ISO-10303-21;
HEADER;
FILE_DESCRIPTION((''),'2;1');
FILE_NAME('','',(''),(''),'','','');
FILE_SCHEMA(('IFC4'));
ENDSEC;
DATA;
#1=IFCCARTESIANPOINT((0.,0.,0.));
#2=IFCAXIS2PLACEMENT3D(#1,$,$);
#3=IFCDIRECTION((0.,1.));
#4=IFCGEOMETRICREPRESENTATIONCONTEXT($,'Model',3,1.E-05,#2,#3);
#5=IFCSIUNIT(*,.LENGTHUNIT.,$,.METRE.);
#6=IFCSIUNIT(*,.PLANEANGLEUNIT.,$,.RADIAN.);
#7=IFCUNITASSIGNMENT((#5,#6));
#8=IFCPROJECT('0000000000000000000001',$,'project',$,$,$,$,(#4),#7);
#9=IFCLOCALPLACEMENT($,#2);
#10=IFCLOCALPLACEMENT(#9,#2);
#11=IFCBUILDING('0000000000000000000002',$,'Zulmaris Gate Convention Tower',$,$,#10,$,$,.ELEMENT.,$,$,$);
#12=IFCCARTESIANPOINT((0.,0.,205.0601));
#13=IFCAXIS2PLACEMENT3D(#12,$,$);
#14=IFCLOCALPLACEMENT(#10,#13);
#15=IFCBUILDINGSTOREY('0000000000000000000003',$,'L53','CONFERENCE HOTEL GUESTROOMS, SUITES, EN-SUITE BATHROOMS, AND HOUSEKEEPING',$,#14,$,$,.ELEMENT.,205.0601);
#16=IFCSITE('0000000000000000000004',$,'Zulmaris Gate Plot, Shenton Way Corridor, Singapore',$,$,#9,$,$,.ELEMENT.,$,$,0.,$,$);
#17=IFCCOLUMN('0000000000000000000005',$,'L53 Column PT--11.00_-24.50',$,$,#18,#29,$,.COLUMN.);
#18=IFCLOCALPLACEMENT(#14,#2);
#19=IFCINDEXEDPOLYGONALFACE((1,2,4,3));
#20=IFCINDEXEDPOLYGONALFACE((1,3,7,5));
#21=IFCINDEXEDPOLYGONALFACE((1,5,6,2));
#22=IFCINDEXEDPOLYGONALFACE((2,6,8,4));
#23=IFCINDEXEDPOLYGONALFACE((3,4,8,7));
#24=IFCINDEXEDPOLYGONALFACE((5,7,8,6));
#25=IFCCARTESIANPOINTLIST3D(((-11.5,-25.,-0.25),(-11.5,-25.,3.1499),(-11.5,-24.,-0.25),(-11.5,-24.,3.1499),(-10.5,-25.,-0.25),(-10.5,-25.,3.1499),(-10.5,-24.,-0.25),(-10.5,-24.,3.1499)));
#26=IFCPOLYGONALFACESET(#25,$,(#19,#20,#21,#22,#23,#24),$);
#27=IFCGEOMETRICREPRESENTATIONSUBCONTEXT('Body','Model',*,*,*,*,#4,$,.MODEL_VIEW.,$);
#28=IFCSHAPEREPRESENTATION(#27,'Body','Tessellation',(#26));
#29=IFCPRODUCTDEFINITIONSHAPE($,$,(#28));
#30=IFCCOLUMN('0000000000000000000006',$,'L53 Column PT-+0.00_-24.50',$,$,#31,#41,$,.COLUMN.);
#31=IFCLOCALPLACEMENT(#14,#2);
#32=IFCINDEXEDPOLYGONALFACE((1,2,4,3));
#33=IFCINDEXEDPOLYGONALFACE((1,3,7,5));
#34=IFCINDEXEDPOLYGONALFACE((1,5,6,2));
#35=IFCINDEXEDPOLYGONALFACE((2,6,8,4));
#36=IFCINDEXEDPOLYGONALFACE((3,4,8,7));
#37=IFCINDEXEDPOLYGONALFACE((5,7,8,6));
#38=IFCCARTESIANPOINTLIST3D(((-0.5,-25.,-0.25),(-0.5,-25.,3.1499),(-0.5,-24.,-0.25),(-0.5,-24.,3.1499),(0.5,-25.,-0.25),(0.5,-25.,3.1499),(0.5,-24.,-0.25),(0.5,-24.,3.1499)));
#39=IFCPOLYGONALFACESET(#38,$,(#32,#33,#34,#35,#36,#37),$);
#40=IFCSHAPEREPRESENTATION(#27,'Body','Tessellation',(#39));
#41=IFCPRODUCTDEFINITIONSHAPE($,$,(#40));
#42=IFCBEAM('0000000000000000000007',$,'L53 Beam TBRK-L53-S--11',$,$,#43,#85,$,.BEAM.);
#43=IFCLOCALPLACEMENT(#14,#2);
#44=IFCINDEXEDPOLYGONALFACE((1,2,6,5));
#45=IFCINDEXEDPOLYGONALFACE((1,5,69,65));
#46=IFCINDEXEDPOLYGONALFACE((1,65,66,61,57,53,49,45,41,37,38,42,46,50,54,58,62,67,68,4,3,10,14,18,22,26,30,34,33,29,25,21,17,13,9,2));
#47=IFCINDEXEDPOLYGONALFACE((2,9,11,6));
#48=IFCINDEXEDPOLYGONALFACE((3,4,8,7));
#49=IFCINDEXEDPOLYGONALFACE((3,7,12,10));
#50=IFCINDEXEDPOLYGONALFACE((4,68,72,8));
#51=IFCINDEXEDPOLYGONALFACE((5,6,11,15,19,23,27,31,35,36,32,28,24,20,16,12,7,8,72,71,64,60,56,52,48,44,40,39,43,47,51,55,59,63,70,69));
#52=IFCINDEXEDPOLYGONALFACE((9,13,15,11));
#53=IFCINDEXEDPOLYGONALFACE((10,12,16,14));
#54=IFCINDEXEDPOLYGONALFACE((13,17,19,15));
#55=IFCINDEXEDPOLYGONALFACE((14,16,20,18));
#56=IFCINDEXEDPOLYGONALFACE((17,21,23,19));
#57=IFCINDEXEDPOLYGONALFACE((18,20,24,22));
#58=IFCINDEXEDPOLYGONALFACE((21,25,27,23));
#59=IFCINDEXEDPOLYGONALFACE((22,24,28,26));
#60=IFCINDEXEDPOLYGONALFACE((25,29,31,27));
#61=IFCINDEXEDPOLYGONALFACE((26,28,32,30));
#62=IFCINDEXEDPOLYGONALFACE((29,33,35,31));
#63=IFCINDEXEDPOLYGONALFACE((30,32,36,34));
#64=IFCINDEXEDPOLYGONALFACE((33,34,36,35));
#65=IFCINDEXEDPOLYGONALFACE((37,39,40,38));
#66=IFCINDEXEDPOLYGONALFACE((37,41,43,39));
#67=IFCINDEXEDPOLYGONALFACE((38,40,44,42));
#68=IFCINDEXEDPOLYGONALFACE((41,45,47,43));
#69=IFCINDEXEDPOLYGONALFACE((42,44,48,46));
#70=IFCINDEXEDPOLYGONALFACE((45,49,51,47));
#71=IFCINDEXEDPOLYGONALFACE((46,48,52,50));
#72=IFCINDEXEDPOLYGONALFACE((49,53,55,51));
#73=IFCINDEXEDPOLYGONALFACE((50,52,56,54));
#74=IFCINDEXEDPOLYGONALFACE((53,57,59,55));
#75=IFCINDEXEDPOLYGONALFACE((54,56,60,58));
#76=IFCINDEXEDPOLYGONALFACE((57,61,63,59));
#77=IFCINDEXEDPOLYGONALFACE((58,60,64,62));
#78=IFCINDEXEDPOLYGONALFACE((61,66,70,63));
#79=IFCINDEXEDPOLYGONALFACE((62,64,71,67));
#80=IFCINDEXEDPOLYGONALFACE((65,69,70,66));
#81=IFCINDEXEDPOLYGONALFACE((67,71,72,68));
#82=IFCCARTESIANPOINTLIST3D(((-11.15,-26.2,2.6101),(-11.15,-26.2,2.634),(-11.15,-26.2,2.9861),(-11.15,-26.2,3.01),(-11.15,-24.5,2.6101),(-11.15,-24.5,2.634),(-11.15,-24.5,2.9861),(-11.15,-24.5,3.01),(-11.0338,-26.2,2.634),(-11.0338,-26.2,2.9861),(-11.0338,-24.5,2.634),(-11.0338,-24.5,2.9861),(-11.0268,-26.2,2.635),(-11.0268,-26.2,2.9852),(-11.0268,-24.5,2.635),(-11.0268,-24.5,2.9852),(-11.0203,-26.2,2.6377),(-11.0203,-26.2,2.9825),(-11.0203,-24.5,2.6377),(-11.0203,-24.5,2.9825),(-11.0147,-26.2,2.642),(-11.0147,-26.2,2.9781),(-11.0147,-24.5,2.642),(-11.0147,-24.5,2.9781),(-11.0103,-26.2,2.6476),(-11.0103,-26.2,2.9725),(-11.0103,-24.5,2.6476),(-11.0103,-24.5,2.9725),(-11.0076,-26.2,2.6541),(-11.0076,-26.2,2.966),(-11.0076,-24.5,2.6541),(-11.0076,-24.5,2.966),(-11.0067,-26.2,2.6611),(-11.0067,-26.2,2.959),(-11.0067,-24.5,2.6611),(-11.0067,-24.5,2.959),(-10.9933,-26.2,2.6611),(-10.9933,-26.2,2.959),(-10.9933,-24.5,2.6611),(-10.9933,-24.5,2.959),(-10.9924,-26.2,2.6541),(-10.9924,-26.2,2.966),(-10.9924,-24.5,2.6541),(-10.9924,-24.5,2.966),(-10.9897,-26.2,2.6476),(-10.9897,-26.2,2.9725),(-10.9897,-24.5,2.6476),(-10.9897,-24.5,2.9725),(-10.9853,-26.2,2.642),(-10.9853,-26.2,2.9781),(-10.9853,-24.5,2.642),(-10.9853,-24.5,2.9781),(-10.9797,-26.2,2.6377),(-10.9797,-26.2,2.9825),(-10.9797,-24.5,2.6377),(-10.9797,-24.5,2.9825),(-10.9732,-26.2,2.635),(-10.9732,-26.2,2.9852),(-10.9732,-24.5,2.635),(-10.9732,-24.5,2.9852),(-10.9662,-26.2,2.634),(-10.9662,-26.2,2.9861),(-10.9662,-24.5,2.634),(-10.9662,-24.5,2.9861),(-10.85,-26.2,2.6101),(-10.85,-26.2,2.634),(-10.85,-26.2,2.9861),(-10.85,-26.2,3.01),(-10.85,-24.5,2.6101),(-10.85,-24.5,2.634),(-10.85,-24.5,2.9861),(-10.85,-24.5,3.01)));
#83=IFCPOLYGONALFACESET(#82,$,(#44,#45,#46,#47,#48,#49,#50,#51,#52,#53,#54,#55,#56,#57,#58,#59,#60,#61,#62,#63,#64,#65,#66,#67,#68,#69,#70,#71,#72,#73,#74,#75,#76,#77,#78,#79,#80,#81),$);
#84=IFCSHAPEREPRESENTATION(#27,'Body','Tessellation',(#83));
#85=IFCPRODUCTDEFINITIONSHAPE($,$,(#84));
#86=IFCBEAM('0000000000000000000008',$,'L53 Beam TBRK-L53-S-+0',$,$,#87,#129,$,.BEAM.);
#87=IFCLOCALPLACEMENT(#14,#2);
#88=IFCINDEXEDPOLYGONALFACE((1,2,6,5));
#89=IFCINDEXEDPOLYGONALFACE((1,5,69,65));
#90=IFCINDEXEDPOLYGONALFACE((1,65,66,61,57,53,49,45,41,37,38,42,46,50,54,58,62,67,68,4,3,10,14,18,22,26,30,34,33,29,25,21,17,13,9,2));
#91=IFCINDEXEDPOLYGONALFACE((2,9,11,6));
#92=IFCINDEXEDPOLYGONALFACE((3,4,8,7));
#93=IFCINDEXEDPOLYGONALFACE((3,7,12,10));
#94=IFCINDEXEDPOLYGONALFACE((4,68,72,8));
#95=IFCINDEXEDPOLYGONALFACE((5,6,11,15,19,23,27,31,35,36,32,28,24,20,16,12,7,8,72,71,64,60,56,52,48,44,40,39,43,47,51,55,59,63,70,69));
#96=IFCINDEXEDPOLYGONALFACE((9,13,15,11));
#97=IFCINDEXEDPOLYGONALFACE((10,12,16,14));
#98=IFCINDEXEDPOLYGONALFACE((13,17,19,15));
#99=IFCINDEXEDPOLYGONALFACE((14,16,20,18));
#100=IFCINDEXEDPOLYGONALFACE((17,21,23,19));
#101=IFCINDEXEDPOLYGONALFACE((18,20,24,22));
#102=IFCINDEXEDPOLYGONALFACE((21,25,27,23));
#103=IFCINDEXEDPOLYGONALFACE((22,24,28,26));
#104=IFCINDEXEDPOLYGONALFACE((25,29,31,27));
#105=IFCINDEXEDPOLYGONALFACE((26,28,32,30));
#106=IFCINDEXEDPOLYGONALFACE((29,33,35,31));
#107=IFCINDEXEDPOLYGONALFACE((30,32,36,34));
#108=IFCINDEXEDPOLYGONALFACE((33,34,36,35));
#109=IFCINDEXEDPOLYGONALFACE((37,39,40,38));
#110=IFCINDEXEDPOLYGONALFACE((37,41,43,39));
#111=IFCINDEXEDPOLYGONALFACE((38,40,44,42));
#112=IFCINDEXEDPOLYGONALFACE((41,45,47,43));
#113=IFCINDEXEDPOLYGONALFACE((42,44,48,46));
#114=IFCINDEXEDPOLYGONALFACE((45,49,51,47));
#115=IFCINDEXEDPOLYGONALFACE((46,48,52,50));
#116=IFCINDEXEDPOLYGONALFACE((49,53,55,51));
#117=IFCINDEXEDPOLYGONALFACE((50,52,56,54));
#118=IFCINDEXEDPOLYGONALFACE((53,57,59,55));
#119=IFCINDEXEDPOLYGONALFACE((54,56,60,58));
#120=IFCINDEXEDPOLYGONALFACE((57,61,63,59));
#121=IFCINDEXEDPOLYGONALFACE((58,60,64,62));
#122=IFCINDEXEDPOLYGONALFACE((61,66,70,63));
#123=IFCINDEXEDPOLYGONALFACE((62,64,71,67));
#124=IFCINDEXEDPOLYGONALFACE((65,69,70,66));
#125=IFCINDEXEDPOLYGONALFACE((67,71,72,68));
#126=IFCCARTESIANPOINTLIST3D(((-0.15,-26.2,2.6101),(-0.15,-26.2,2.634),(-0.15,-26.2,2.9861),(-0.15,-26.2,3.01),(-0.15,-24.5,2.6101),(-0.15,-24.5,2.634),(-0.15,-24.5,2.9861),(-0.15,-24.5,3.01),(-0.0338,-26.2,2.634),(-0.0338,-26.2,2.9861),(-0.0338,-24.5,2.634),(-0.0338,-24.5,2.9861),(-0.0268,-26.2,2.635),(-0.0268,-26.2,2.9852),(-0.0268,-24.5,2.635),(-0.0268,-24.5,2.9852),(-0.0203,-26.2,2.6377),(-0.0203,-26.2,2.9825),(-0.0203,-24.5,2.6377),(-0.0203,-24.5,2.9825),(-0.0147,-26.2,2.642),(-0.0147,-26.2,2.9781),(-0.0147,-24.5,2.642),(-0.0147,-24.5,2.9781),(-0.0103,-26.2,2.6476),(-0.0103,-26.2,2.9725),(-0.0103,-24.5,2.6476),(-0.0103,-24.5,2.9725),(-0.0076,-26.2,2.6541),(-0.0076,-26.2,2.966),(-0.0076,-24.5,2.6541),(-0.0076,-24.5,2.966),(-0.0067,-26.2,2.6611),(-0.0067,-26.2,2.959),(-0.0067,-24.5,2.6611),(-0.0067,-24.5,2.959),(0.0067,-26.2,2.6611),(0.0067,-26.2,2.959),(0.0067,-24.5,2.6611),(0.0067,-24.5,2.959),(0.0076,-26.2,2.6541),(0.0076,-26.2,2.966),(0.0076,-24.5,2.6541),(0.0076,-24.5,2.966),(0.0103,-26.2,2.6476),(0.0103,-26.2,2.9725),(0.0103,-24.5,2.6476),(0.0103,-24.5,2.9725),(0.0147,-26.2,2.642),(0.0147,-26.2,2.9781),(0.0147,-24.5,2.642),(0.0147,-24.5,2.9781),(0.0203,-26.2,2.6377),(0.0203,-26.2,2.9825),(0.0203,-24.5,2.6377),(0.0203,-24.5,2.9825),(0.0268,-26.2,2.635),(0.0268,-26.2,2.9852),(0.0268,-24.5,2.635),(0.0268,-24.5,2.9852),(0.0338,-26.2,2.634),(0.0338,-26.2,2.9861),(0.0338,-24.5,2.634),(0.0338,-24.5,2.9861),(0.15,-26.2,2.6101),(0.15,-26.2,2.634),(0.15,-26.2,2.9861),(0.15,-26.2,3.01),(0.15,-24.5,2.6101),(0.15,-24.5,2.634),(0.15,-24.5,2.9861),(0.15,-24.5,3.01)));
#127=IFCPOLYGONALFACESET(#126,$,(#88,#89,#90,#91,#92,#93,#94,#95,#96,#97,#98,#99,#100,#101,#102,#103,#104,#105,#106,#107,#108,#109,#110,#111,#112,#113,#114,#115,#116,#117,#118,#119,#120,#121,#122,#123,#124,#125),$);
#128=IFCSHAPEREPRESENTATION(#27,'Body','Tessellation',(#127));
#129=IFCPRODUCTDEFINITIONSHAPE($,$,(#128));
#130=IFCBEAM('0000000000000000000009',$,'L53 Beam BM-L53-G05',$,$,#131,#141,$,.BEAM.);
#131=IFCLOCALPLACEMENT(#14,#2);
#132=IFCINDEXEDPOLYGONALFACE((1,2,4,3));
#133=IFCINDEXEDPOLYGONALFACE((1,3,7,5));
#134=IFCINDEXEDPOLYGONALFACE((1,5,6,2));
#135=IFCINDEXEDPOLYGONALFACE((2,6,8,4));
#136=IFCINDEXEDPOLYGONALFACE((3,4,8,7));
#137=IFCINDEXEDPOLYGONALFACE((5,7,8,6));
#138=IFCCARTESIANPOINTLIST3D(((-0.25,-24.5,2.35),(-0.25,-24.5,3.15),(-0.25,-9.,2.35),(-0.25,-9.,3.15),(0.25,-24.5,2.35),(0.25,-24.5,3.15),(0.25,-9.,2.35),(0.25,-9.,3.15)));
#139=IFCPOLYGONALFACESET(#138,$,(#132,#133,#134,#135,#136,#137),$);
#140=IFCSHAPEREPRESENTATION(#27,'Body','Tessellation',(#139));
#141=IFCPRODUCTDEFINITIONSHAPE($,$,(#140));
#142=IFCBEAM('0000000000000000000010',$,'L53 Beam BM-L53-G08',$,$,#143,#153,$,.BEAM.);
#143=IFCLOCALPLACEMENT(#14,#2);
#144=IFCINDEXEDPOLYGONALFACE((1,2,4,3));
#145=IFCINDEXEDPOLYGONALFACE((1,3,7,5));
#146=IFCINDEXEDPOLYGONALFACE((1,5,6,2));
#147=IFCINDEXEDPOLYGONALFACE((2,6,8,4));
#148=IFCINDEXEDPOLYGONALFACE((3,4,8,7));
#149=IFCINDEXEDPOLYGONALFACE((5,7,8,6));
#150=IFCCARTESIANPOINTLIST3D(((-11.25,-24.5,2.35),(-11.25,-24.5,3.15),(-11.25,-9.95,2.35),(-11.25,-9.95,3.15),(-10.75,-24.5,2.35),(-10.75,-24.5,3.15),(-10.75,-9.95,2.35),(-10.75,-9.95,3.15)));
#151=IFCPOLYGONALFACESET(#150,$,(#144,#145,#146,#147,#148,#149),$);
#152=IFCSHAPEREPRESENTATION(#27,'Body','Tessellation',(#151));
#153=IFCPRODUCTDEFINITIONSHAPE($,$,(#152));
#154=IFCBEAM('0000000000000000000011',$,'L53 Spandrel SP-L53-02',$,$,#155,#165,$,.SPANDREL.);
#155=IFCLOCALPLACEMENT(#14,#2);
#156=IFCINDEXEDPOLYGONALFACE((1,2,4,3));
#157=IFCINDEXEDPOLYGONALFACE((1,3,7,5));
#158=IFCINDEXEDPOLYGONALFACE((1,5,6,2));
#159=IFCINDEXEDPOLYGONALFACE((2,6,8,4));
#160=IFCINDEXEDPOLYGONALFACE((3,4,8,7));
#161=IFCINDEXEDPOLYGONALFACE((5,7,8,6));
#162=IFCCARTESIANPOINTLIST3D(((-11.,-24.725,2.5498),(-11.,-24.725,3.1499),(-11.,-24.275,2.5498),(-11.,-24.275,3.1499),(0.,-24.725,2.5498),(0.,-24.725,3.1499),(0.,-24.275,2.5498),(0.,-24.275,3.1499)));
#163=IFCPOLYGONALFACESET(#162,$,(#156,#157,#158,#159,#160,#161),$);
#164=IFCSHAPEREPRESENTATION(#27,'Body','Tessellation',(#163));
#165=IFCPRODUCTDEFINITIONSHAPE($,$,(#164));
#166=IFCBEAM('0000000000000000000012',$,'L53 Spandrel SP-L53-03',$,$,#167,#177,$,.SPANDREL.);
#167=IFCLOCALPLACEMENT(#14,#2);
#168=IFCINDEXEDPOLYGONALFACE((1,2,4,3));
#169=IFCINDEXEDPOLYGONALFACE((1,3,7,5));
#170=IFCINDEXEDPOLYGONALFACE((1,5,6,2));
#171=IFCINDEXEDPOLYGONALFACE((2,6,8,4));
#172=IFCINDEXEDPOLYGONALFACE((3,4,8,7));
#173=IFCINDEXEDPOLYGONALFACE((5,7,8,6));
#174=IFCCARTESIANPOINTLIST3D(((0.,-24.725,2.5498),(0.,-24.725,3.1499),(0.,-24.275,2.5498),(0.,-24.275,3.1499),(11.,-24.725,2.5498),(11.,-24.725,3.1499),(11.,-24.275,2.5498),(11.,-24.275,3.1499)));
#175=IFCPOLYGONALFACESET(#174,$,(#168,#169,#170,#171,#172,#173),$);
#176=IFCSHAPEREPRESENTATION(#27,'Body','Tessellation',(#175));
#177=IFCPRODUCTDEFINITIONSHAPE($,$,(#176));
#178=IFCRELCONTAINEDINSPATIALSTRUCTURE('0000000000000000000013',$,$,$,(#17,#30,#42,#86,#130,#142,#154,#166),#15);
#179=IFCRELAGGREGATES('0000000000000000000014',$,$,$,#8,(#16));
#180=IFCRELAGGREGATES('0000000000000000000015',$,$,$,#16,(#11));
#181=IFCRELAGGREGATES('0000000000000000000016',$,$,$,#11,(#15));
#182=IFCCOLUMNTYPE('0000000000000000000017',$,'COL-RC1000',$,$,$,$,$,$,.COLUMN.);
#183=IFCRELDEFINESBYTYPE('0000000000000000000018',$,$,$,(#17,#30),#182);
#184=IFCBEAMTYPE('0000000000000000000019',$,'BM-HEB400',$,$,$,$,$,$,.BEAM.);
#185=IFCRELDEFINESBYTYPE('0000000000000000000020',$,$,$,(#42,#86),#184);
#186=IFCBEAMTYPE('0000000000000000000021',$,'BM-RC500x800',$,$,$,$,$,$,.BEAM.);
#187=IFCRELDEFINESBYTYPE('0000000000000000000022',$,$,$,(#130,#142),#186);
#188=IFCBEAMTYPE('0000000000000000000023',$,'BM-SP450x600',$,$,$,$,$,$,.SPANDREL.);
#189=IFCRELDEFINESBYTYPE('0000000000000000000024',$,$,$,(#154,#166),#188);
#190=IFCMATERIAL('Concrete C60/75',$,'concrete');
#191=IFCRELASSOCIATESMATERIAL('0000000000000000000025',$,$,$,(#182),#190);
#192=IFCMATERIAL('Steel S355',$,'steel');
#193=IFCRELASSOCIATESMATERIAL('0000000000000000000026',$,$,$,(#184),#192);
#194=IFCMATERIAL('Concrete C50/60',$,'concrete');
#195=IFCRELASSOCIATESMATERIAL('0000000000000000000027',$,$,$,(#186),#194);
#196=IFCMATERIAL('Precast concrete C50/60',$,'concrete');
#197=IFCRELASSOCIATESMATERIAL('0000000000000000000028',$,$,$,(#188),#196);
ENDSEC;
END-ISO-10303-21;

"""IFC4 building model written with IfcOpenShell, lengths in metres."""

from ifc_helpers import new_model, si_unit, direction, frame, origin, origin_2d, place, context, subcontext, project, spatial, rectangle, i_section, extrude, material, material_profile, profile_set, type_object, element, save


model = new_model("IFC4")

# Units and contexts
model_context = context("Model", 3, precision=1e-05, world=origin(), true_north=direction((0.0, 1.0)))
body_context = subcontext(model_context, "Body", "Model", "MODEL_VIEW")
ifc_project = project(units=[si_unit("LENGTHUNIT", "METRE"), si_unit("PLANEANGLEUNIT", "RADIAN")], contexts=[model_context])

# Site, building, storey
site_placement = place(None, origin())
site = spatial("IfcSite", under=ifc_project, at=site_placement, Name="Zulmaris Gate Plot, Shenton Way Corridor, Singapore", CompositionType="ELEMENT", RefElevation=0.0)
building_placement = place(site_placement, origin())
building = spatial("IfcBuilding", under=site, at=building_placement, Name="Zulmaris Gate Convention Tower", CompositionType="ELEMENT")
storey_placement = place(building_placement, frame((0.0, 0.0, 205.0601)))
storey = spatial("IfcBuildingStorey", under=building, at=storey_placement, Name="L53", Description="CONFERENCE HOTEL GUESTROOMS, SUITES, EN-SUITE BATHROOMS, AND HOUSEKEEPING", CompositionType="ELEMENT", Elevation=205.0601)

# Columns
ifc_material_1 = material(Name="Concrete C60/75", Category="concrete")
ifc_material_profile_1 = material_profile(ifc_material_1, rectangle(XDim=1.0, YDim=1.0, at=origin_2d()), Name="RC COL 1000x1000")
ifc_profile_set_1 = profile_set([ifc_material_profile_1], Name="Concrete C60/75")
column_type = type_object("IfcColumnType", Name="COL-RC1000", PredefinedType="COLUMN", material=ifc_profile_set_1)
for number, where, z_axis, x_axis, name in (
    (1, (-11.0, -24.5, -0.25), (0.0, 0.0, 1.0), (1.0, 0.0, 0.0), "L53 Column PT--11.00_-24.50"),
    (2, (0.0, -24.5, -0.25), (0.0, 0.0, 1.0), (1.0, 0.0, 0.0), "L53 Column PT-+0.00_-24.50"),
):
    element("IfcColumn", number, at=place(storey_placement, frame(where, z_axis=z_axis, x_axis=x_axis)), inside=storey, type_object=column_type, Name=name, PredefinedType="COLUMN", context=body_context, shape_type="SweptSolid", body=[
        extrude(rectangle(XDim=1.0, YDim=1.0, at=origin_2d()), origin(), (0.0, 0.0, 1.0), 3.3999),
    ])

# Beams
ifc_material_2 = material(Name="Steel S355", Category="steel")
ifc_material_profile_2 = material_profile(ifc_material_2, i_section(OverallWidth=0.3, OverallDepth=0.3999, WebThickness=0.0134, FlangeThickness=0.0239, FilletRadius=0.0271, at=origin_2d()), Name="HEB 400")
ifc_profile_set_2 = profile_set([ifc_material_profile_2], Name="Steel S355")
beam_type_1 = type_object("IfcBeamType", Name="BM-HEB400", PredefinedType="BEAM", material=ifc_profile_set_2)
for number, where, z_axis, x_axis, name in (
    (3, (-11.0, -26.2, 2.8101), (0.0, 1.0, 0.0), (-1.0, 0.0, 0.0), "L53 Beam TBRK-L53-S--11"),
    (4, (0.0, -26.2, 2.8101), (0.0, 1.0, 0.0), (-1.0, 0.0, 0.0), "L53 Beam TBRK-L53-S-+0"),
):
    element("IfcBeam", number, at=place(storey_placement, frame(where, z_axis=z_axis, x_axis=x_axis)), inside=storey, type_object=beam_type_1, Name=name, PredefinedType="BEAM", context=body_context, shape_type="SweptSolid", body=[
        extrude(i_section(OverallWidth=0.3, OverallDepth=0.3999, WebThickness=0.0134, FlangeThickness=0.0239, FilletRadius=0.0271, at=origin_2d()), origin(), (0.0, 0.0, 1.0), 1.7),
    ])
ifc_material_3 = material(Name="Concrete C50/60", Category="concrete")
ifc_material_profile_3 = material_profile(ifc_material_3, rectangle(XDim=0.5, YDim=0.8, at=origin_2d()), Name="RC BEAM 500x800")
ifc_profile_set_3 = profile_set([ifc_material_profile_3], Name="Concrete C50/60")
beam_type_2 = type_object("IfcBeamType", Name="BM-RC500x800", PredefinedType="BEAM", material=ifc_profile_set_3)
beam_1_placement = place(storey_placement, frame((0.0, -24.5, 2.75), z_axis=(0.0, 1.0, 0.0), x_axis=(-1.0, 0.0, 0.0)))
element("IfcBeam", 5, at=beam_1_placement, inside=storey, type_object=beam_type_2, Name="L53 Beam BM-L53-G05", PredefinedType="BEAM", context=body_context, shape_type="SweptSolid", body=[
    extrude(rectangle(XDim=0.5, YDim=0.8, at=origin_2d()), origin(), (0.0, 0.0, 1.0), 15.5),
])
beam_2_placement = place(storey_placement, frame((-11.0, -24.5, 2.75), z_axis=(0.0, 1.0, 0.0), x_axis=(-1.0, 0.0, 0.0)))
element("IfcBeam", 6, at=beam_2_placement, inside=storey, type_object=beam_type_2, Name="L53 Beam BM-L53-G08", PredefinedType="BEAM", context=body_context, shape_type="SweptSolid", body=[
    extrude(rectangle(XDim=0.5, YDim=0.8, at=origin_2d()), origin(), (0.0, 0.0, 1.0), 14.55),
])
ifc_material_4 = material(Name="Precast concrete C50/60", Category="concrete")
ifc_material_profile_4 = material_profile(ifc_material_4, rectangle(XDim=0.45, YDim=0.6001, at=origin_2d()), Name="RC SPANDREL 450x600")
ifc_profile_set_4 = profile_set([ifc_material_profile_4], Name="Precast concrete C50/60")
beam_type_3 = type_object("IfcBeamType", Name="BM-SP450x600", PredefinedType="SPANDREL", material=ifc_profile_set_4)
for number, where, z_axis, x_axis, name in (
    (7, (-11.0, -24.5, 2.8499), (1.0, 0.0, 0.0), (0.0, 1.0, 0.0), "L53 Spandrel SP-L53-02"),
    (8, (0.0, -24.5, 2.8499), (1.0, 0.0, 0.0), (0.0, 1.0, 0.0), "L53 Spandrel SP-L53-03"),
):
    element("IfcBeam", number, at=place(storey_placement, frame(where, z_axis=z_axis, x_axis=x_axis)), inside=storey, type_object=beam_type_3, Name=name, PredefinedType="SPANDREL", context=body_context, shape_type="SweptSolid", body=[
        extrude(rectangle(XDim=0.45, YDim=0.6001, at=origin_2d()), origin(), (0.0, 0.0, 1.0), 11.0),
    ])

save(model, "model.ifc")
